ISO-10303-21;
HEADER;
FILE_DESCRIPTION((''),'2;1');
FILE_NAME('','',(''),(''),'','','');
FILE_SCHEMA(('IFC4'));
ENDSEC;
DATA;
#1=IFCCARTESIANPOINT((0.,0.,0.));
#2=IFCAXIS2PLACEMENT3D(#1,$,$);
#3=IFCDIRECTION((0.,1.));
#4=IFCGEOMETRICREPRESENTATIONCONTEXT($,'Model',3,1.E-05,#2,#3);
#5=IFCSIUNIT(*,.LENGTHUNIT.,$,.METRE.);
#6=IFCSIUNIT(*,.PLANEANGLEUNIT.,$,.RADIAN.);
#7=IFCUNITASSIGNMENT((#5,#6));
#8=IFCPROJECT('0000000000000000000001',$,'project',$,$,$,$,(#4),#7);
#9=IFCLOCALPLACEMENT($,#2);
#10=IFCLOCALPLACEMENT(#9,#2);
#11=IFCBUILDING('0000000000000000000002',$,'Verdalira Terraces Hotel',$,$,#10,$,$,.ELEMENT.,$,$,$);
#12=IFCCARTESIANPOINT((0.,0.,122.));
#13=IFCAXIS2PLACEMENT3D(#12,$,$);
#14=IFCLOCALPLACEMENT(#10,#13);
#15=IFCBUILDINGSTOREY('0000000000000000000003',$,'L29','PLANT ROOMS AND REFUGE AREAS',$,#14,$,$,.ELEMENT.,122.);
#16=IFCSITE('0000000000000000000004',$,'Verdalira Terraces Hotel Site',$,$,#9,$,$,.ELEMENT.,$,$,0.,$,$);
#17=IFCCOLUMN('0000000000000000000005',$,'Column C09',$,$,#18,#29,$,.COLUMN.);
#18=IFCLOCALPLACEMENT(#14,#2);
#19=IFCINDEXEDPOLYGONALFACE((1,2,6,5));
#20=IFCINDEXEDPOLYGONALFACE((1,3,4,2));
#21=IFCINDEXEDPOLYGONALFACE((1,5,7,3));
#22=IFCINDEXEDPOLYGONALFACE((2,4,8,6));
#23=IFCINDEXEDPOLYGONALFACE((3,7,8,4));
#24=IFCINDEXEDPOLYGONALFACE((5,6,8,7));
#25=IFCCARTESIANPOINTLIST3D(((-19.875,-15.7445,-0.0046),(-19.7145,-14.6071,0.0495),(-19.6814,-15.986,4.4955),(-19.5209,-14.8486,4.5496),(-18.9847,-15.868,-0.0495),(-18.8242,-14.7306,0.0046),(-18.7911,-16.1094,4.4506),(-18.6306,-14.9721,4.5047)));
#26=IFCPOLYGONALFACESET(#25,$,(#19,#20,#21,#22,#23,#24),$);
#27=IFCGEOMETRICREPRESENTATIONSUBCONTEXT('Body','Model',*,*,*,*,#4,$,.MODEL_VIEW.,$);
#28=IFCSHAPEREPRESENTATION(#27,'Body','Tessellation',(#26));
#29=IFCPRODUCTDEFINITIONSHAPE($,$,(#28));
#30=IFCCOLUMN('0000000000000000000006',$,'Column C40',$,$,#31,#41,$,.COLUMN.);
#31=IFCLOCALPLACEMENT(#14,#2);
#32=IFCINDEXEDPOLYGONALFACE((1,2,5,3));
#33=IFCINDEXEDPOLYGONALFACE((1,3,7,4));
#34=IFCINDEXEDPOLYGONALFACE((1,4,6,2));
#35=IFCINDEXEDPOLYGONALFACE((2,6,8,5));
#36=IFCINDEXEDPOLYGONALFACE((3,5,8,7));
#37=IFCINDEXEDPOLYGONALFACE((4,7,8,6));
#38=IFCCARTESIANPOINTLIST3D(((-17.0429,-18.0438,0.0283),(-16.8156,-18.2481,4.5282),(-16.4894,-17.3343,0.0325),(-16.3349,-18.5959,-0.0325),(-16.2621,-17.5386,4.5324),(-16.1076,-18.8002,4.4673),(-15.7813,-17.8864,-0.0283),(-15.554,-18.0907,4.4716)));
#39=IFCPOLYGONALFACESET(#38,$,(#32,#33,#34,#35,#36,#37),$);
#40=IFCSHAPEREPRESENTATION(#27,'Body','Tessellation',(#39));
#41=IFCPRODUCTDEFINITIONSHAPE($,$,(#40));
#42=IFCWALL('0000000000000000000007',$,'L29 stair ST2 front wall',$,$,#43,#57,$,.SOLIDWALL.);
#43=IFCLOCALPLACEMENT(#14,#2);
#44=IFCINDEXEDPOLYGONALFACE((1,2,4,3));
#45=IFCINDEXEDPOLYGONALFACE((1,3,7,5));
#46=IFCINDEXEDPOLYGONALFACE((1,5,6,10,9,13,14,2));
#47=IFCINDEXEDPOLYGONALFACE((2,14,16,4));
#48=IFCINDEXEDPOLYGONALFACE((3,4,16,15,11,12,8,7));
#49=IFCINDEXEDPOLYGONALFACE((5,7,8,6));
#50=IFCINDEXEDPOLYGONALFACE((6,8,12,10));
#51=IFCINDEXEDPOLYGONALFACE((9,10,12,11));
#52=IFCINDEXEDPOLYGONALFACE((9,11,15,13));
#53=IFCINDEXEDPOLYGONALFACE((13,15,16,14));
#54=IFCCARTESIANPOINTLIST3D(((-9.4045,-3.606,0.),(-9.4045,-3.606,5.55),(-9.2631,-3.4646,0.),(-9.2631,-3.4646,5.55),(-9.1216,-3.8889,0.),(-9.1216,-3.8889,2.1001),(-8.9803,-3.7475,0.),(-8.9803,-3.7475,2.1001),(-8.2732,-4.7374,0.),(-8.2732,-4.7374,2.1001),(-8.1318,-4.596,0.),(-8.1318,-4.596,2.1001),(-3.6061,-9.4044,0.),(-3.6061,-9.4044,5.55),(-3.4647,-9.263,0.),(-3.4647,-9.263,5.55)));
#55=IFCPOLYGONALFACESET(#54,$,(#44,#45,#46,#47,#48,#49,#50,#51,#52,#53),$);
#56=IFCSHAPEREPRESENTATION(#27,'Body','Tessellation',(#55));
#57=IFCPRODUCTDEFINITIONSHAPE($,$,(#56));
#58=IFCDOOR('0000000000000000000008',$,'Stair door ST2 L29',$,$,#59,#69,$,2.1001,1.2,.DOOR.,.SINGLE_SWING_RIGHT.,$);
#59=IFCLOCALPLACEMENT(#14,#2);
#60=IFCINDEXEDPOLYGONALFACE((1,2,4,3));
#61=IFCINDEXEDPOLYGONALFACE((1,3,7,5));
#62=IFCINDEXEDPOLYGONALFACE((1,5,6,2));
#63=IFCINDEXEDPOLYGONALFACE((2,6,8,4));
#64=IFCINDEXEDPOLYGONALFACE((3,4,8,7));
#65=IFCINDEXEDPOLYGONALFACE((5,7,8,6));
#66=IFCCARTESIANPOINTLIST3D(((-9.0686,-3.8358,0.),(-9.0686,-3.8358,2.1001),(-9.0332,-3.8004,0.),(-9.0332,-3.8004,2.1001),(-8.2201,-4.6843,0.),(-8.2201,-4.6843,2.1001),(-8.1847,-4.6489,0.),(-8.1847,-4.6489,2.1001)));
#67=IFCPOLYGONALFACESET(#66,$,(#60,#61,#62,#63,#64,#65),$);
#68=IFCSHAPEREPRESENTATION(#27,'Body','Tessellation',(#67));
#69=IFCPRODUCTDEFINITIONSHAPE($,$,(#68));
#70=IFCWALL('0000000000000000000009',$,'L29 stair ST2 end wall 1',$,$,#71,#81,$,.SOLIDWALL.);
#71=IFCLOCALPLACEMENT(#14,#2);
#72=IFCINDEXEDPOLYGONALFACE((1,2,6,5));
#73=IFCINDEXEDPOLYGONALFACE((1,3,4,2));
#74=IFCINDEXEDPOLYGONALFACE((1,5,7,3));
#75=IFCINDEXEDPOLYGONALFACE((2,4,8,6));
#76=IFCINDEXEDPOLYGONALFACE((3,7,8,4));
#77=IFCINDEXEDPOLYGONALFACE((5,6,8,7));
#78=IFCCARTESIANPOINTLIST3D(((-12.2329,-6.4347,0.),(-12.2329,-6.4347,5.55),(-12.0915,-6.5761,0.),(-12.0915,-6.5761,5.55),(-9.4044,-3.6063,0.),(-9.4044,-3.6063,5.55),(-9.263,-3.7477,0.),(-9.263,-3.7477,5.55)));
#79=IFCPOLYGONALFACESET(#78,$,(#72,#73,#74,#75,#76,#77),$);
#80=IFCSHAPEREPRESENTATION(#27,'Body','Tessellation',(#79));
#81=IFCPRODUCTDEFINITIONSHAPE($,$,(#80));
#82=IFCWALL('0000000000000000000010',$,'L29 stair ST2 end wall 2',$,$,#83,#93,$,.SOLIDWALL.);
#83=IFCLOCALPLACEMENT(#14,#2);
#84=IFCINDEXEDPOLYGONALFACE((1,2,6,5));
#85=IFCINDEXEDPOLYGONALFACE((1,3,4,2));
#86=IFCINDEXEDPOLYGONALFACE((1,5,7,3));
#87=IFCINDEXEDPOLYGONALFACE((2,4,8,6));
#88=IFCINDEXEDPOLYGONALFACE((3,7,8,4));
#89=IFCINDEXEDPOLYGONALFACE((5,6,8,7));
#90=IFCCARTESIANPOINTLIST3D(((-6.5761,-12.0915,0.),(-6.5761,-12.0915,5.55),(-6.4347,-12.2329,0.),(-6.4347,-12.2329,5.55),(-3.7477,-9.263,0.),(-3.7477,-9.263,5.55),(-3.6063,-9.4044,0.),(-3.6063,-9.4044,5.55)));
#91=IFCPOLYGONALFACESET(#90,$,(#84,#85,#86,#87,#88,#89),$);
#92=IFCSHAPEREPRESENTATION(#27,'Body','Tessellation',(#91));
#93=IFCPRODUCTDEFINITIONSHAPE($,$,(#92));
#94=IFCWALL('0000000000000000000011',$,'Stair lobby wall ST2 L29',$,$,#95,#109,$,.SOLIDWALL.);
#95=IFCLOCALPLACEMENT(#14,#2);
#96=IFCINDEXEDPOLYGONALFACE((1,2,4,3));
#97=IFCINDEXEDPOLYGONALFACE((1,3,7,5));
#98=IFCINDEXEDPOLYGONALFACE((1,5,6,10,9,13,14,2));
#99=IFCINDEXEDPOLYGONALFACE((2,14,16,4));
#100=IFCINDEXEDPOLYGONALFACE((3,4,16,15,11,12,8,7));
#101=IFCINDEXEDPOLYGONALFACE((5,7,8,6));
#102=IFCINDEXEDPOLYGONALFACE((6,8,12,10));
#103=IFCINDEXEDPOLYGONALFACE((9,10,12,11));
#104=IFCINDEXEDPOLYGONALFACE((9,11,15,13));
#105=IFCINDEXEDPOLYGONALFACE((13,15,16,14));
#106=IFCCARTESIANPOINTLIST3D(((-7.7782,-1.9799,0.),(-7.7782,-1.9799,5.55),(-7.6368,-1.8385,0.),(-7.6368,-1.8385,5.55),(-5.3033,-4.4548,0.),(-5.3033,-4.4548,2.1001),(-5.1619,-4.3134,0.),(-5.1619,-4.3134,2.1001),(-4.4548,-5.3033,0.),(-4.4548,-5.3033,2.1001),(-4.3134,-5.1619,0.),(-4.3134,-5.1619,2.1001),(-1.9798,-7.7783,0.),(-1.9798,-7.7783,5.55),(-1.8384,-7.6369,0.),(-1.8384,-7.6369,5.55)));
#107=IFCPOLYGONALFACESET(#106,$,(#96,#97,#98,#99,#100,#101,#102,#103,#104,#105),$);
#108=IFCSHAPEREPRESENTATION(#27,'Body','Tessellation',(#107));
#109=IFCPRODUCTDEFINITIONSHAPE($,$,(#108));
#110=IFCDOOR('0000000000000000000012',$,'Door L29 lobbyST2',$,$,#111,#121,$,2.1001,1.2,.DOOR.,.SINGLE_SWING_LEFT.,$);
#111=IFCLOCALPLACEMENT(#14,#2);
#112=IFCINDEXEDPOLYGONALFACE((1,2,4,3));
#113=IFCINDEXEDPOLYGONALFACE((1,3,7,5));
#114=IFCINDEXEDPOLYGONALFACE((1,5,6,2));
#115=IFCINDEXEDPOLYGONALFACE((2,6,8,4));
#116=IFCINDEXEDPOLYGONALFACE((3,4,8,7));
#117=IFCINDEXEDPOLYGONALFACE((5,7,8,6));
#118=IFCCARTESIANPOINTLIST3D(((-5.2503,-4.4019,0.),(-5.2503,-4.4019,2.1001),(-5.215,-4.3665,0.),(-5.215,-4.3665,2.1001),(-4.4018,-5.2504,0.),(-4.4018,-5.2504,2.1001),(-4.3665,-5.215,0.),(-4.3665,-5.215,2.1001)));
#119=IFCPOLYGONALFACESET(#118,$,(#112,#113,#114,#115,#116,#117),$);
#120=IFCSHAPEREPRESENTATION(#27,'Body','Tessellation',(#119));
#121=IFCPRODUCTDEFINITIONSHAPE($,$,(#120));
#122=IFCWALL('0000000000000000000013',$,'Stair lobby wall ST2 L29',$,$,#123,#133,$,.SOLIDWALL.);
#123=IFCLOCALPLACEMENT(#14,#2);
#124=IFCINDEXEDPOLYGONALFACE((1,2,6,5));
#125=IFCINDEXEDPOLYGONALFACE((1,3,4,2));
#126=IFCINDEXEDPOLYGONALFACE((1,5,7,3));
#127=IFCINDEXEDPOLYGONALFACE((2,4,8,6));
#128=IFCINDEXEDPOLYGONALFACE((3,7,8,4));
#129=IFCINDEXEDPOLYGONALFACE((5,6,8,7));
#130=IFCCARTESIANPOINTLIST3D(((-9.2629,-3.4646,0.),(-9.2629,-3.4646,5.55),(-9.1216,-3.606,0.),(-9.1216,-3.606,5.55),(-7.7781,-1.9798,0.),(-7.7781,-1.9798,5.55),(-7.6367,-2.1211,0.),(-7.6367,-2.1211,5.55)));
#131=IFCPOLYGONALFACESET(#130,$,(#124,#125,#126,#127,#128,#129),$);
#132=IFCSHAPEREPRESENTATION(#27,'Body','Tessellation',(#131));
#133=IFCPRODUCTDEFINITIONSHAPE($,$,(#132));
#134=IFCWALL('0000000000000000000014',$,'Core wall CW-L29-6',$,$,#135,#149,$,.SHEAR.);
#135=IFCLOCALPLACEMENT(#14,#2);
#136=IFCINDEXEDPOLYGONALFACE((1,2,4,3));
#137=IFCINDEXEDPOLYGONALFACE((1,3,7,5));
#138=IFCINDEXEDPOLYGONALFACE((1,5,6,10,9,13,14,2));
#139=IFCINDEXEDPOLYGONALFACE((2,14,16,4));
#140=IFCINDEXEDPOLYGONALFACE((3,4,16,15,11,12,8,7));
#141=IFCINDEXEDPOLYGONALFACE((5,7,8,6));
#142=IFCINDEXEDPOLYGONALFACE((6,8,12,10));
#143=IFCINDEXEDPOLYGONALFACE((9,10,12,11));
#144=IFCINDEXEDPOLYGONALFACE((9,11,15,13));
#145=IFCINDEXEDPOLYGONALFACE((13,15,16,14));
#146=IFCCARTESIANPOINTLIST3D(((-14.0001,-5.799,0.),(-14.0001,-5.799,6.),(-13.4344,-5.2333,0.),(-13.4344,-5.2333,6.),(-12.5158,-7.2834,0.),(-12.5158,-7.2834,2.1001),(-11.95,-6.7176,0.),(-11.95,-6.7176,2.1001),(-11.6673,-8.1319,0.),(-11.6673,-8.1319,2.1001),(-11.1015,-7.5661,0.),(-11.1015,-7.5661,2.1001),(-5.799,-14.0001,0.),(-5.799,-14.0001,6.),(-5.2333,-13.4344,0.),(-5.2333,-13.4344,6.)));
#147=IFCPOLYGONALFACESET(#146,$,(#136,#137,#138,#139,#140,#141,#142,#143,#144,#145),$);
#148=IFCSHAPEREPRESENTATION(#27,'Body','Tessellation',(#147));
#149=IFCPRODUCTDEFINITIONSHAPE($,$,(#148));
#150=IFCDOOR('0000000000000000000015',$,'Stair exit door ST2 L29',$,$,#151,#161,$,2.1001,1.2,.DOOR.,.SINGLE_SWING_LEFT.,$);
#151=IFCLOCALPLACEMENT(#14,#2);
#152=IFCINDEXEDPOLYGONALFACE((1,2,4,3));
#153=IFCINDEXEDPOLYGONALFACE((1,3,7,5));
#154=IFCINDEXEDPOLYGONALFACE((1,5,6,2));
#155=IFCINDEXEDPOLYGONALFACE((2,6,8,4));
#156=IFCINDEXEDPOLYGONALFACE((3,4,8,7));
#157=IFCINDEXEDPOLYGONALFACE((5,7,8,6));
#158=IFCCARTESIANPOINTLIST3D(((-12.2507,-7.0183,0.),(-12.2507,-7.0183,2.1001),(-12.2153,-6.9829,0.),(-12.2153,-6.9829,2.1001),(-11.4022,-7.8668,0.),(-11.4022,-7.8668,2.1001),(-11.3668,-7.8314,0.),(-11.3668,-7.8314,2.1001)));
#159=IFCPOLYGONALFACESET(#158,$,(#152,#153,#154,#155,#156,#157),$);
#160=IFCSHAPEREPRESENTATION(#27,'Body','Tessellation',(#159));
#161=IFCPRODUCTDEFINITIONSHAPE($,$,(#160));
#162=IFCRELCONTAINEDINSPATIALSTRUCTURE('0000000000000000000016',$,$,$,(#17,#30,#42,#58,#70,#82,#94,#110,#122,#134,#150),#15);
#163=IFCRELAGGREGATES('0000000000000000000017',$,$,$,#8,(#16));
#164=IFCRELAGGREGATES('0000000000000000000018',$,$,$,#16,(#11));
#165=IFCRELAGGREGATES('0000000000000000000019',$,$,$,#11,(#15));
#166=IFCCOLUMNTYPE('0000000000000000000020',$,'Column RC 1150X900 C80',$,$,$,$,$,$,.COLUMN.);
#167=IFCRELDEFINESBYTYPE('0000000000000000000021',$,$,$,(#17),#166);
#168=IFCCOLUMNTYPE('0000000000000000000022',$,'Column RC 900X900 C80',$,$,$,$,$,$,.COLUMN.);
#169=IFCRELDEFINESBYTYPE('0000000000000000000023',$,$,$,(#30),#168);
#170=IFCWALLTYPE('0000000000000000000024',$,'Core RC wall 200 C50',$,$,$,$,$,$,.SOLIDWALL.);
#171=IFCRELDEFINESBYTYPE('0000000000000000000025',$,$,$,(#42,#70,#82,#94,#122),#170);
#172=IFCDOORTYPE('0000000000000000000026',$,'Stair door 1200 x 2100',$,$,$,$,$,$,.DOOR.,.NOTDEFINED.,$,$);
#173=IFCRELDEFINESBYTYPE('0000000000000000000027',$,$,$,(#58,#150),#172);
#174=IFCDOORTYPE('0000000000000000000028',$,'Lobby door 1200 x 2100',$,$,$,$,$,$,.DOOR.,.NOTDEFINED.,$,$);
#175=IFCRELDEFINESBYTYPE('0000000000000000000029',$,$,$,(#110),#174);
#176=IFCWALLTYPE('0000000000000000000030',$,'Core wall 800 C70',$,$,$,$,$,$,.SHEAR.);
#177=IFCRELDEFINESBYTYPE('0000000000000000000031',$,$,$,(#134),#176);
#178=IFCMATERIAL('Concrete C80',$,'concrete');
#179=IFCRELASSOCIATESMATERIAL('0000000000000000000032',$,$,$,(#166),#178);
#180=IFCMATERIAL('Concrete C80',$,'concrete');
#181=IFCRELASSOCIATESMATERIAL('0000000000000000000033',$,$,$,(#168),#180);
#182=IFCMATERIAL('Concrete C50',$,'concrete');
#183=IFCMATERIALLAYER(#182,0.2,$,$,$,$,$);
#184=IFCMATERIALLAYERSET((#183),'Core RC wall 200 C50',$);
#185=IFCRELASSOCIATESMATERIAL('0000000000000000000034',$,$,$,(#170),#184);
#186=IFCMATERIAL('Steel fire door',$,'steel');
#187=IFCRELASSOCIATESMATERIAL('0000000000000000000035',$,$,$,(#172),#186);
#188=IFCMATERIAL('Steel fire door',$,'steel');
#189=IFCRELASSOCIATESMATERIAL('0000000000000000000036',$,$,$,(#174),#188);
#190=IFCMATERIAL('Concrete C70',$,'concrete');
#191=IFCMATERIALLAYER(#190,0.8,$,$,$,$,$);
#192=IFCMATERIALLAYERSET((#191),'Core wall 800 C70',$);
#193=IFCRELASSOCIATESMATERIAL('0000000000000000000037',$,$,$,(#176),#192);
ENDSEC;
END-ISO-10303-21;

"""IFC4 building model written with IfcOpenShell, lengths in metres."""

from ifc_helpers import new_model, si_unit, direction, frame, frame_2d, origin, origin_2d, place, context, subcontext, project, spatial, rectangle, extrude, material, layer, layer_set, material_profile, profile_set, type_object, element, fill, save


model = new_model("IFC4")

# Units and contexts
model_context = context("Model", 3, precision=1e-05, world=origin(), true_north=direction((0.0, 1.0)))
body_context = subcontext(model_context, "Body", "Model", "MODEL_VIEW")
ifc_project = project(units=[si_unit("LENGTHUNIT", "METRE"), si_unit("PLANEANGLEUNIT", "RADIAN")], contexts=[model_context])

# Site, building, storey
site_placement = place(None, origin())
site = spatial("IfcSite", under=ifc_project, at=site_placement, Name="Verdalira Terraces Hotel Site", CompositionType="ELEMENT", RefElevation=0.0)
building_placement = place(site_placement, origin())
building = spatial("IfcBuilding", under=site, at=building_placement, Name="Verdalira Terraces Hotel", CompositionType="ELEMENT")
storey_placement = place(building_placement, frame((0.0, 0.0, 122.0)))
storey = spatial("IfcBuildingStorey", under=building, at=storey_placement, Name="L29", Description="PLANT ROOMS AND REFUGE AREAS", CompositionType="ELEMENT", Elevation=122.0)

# Columns
ifc_material_1 = material(Name="Concrete C80", Category="concrete")
ifc_material_profile_1 = material_profile(ifc_material_1, rectangle(XDim=1.1499, YDim=0.8999, at=origin_2d()), Name="RC 1150X900")
ifc_profile_set_1 = profile_set([ifc_material_profile_1], Name="Concrete C80")
column_type_1 = type_object("IfcColumnType", Name="Column RC 1150X900 C80", PredefinedType="COLUMN", material=ifc_profile_set_1)
column_1_placement = place(storey_placement, frame((-19.3496, -15.2375, 0.0), z_axis=(0.042922, -0.05353, 0.997643), x_axis=(0.13956, 0.989094, 0.047067)))
element("IfcColumn", 1, at=column_1_placement, inside=storey, type_object=column_type_1, Name="Column C09", PredefinedType="COLUMN", context=body_context, shape_type="SweptSolid", body=[
    extrude(rectangle(XDim=1.1499, YDim=0.8999, at=origin_2d()), origin(), (0.0, 0.0, 1.0), 4.5107),
])
ifc_material_2 = material(Name="Concrete C80", Category="concrete")
ifc_material_profile_2 = material_profile(ifc_material_2, rectangle(XDim=0.8999, YDim=0.8999, at=origin_2d()), Name="RC 900X900")
ifc_profile_set_2 = profile_set([ifc_material_profile_2], Name="Concrete C80")
column_type_2 = type_object("IfcColumnType", Name="Column RC 900X900 C80", PredefinedType="COLUMN", material=ifc_profile_set_2)
column_2_placement = place(storey_placement, frame((-16.4121, -17.9651, 0.0), z_axis=(0.050394, -0.045306, 0.997701), x_axis=(-0.615123, -0.788417, -0.004732)))
element("IfcColumn", 2, at=column_2_placement, inside=storey, type_object=column_type_2, Name="Column C40", PredefinedType="COLUMN", context=body_context, shape_type="SweptSolid", body=[
    extrude(rectangle(XDim=0.8999, YDim=0.8999, at=origin_2d()), origin(), (0.0, 0.0, 1.0), 4.5103),
])

# Wall, opening, door
ifc_material_3 = material(Name="Concrete C50", Category="concrete")
ifc_layer_1 = layer(ifc_material_3, 0.2)
ifc_layer_set_1 = layer_set([ifc_layer_1], Name="Core RC wall 200 C50")
wall_type_1 = type_object("IfcWallType", Name="Core RC wall 200 C50", PredefinedType="SOLIDWALL", material=ifc_layer_set_1)
wall_1_placement = place(storey_placement, frame((-3.5354, -9.3337, 0.0), z_axis=(0.0, 0.0, 1.0), x_axis=(-0.707107, 0.707107, 0.0)))
wall_1 = element("IfcWall", 3, at=wall_1_placement, inside=storey, type_object=wall_type_1, Name="L29 stair ST2 front wall", PredefinedType="SOLIDWALL", context=body_context, shape_type="SweptSolid", body=[
    extrude(rectangle(XDim=8.2002, YDim=0.2, at=frame_2d((4.1001, 0.0))), origin(), (0.0, 0.0, 1.0), 5.55),
])
opening_1_placement = place(wall_1_placement, frame((6.6001, 0.0, 0.0)))
opening_1 = element("IfcOpeningElement", 4, at=opening_1_placement, cuts=wall_1, PredefinedType="OPENING", context=body_context, shape_type="SweptSolid", body=[
    extrude(rectangle(XDim=1.2, YDim=2.1001, at=frame_2d((0.6001, 1.05))), frame((0.0, 0.1099, 0.0), z_axis=(0.0, -1.0, 0.0), x_axis=(1.0, 0.0, 0.0)), (0.0, 0.0, 1.0), 0.22),
])
ifc_material_4 = material(Name="Steel fire door", Category="steel")
door_type_1 = type_object("IfcDoorType", Name="Stair door 1200 x 2100", OperationType="NOTDEFINED", PredefinedType="DOOR", material=ifc_material_4)
door_1_placement = place(opening_1_placement, origin())
door_1 = element("IfcDoor", 5, at=door_1_placement, inside=storey, type_object=door_type_1, Name="Stair door ST2 L29", OperationType="SINGLE_SWING_RIGHT", OverallHeight=2.1001, OverallWidth=1.2, PredefinedType="DOOR", context=body_context, shape_type="SweptSolid", body=[
    extrude(rectangle(XDim=1.2, YDim=2.1001, at=frame_2d((0.6001, 1.05))), frame((0.0, 0.0249, 0.0), z_axis=(0.0, -1.0, 0.0), x_axis=(1.0, 0.0, 0.0)), (0.0, 0.0, 1.0), 0.05),
])
fill(opening_1, door_1)

# Walls
for number, where, z_axis, x_axis, name in (
    (6, (-9.3337, -3.677, 0.0), (0.0, 0.0, 1.0), (-0.707107, -0.707107, 0.0), "L29 stair ST2 end wall 1"),
    (7, (-3.677, -9.3337, 0.0), (0.0, 0.0, 1.0), (-0.707107, -0.707107, 0.0), "L29 stair ST2 end wall 2"),
):
    element("IfcWall", number, at=place(storey_placement, frame(where, z_axis=z_axis, x_axis=x_axis)), inside=storey, type_object=wall_type_1, Name=name, PredefinedType="SOLIDWALL", context=body_context, shape_type="SweptSolid", body=[
        extrude(rectangle(XDim=4.0, YDim=0.2, at=frame_2d((2.0, 0.0))), origin(), (0.0, 0.0, 1.0), 5.55),
    ])

# Wall, opening, door
wall_2_placement = place(storey_placement, frame((-7.7075, -1.9092, 0.0), z_axis=(0.0, 0.0, 1.0), x_axis=(0.707107, -0.707107, 0.0)))
wall_2 = element("IfcWall", 8, at=wall_2_placement, inside=storey, type_object=wall_type_1, Name="Stair lobby wall ST2 L29", PredefinedType="SOLIDWALL", context=body_context, shape_type="SweptSolid", body=[
    extrude(rectangle(XDim=8.2002, YDim=0.2, at=frame_2d((4.1001, 0.0))), origin(), (0.0, 0.0, 1.0), 5.55),
])
opening_2_placement = place(wall_2_placement, frame((3.5, 0.0, 0.0)))
opening_2 = element("IfcOpeningElement", 9, at=opening_2_placement, cuts=wall_2, PredefinedType="OPENING", context=body_context, shape_type="SweptSolid", body=[
    extrude(rectangle(XDim=1.2, YDim=2.1001, at=frame_2d((0.6001, 1.05))), frame((0.0, 0.1099, 0.0), z_axis=(0.0, -1.0, 0.0), x_axis=(1.0, 0.0, 0.0)), (0.0, 0.0, 1.0), 0.22),
])
ifc_material_5 = material(Name="Steel fire door", Category="steel")
door_type_2 = type_object("IfcDoorType", Name="Lobby door 1200 x 2100", OperationType="NOTDEFINED", PredefinedType="DOOR", material=ifc_material_5)
door_2_placement = place(opening_2_placement, origin())
door_2 = element("IfcDoor", 10, at=door_2_placement, inside=storey, type_object=door_type_2, Name="Door L29 lobbyST2", OperationType="SINGLE_SWING_LEFT", OverallHeight=2.1001, OverallWidth=1.2, PredefinedType="DOOR", context=body_context, shape_type="SweptSolid", body=[
    extrude(rectangle(XDim=1.2, YDim=2.1001, at=frame_2d((0.6001, 1.05))), frame((0.0, 0.0249, 0.0), z_axis=(0.0, -1.0, 0.0), x_axis=(1.0, 0.0, 0.0)), (0.0, 0.0, 1.0), 0.05),
])
fill(opening_2, door_2)

# Wall
wall_3_placement = place(storey_placement, frame((-7.7075, -2.0505, 0.0), z_axis=(0.0, 0.0, 1.0), x_axis=(-0.707107, -0.707107, 0.0)))
element("IfcWall", 11, at=wall_3_placement, inside=storey, type_object=wall_type_1, Name="Stair lobby wall ST2 L29", PredefinedType="SOLIDWALL", context=body_context, shape_type="SweptSolid", body=[
    extrude(rectangle(XDim=2.0999, YDim=0.2, at=frame_2d((1.0498, 0.0))), origin(), (0.0, 0.0, 1.0), 5.55),
])

# Wall, opening, door
ifc_material_6 = material(Name="Concrete C70", Category="concrete")
ifc_layer_2 = layer(ifc_material_6, 0.8)
ifc_layer_set_2 = layer_set([ifc_layer_2], Name="Core wall 800 C70")
wall_type_2 = type_object("IfcWallType", Name="Core wall 800 C70", PredefinedType="SHEAR", material=ifc_layer_set_2)
wall_4_placement = place(storey_placement, frame((-13.7173, -5.5161, 0.0), z_axis=(0.0, 0.0, 1.0), x_axis=(0.707107, -0.707107, 0.0)))
wall_4 = element("IfcWall", 12, at=wall_4_placement, inside=storey, type_object=wall_type_2, Name="Core wall CW-L29-6", PredefinedType="SHEAR", context=body_context, shape_type="SweptSolid", body=[
    extrude(rectangle(XDim=11.5981, YDim=0.8, at=frame_2d((5.7991, 0.0))), origin(), (0.0, 0.0, 1.0), 6.0),
])
opening_3_placement = place(wall_4_placement, frame((2.0991, 0.0, 0.0)))
opening_3 = element("IfcOpeningElement", 13, at=opening_3_placement, cuts=wall_4, PredefinedType="OPENING", context=body_context, shape_type="SweptSolid", body=[
    extrude(rectangle(XDim=1.2, YDim=2.1001, at=frame_2d((0.6001, 1.05))), frame((0.0, 0.4099, 0.0), z_axis=(0.0, -1.0, 0.0), x_axis=(1.0, 0.0, 0.0)), (0.0, 0.0, 1.0), 0.8201),
])
door_3_placement = place(opening_3_placement, origin())
door_3 = element("IfcDoor", 14, at=door_3_placement, inside=storey, type_object=door_type_1, Name="Stair exit door ST2 L29", OperationType="SINGLE_SWING_LEFT", OverallHeight=2.1001, OverallWidth=1.2, PredefinedType="DOOR", context=body_context, shape_type="SweptSolid", body=[
    extrude(rectangle(XDim=1.2, YDim=2.1001, at=frame_2d((0.6001, 1.05))), frame((0.0, 0.0249, 0.0), z_axis=(0.0, -1.0, 0.0), x_axis=(1.0, 0.0, 0.0)), (0.0, 0.0, 1.0), 0.05),
])
fill(opening_3, door_3)

save(model, "model.ifc")
